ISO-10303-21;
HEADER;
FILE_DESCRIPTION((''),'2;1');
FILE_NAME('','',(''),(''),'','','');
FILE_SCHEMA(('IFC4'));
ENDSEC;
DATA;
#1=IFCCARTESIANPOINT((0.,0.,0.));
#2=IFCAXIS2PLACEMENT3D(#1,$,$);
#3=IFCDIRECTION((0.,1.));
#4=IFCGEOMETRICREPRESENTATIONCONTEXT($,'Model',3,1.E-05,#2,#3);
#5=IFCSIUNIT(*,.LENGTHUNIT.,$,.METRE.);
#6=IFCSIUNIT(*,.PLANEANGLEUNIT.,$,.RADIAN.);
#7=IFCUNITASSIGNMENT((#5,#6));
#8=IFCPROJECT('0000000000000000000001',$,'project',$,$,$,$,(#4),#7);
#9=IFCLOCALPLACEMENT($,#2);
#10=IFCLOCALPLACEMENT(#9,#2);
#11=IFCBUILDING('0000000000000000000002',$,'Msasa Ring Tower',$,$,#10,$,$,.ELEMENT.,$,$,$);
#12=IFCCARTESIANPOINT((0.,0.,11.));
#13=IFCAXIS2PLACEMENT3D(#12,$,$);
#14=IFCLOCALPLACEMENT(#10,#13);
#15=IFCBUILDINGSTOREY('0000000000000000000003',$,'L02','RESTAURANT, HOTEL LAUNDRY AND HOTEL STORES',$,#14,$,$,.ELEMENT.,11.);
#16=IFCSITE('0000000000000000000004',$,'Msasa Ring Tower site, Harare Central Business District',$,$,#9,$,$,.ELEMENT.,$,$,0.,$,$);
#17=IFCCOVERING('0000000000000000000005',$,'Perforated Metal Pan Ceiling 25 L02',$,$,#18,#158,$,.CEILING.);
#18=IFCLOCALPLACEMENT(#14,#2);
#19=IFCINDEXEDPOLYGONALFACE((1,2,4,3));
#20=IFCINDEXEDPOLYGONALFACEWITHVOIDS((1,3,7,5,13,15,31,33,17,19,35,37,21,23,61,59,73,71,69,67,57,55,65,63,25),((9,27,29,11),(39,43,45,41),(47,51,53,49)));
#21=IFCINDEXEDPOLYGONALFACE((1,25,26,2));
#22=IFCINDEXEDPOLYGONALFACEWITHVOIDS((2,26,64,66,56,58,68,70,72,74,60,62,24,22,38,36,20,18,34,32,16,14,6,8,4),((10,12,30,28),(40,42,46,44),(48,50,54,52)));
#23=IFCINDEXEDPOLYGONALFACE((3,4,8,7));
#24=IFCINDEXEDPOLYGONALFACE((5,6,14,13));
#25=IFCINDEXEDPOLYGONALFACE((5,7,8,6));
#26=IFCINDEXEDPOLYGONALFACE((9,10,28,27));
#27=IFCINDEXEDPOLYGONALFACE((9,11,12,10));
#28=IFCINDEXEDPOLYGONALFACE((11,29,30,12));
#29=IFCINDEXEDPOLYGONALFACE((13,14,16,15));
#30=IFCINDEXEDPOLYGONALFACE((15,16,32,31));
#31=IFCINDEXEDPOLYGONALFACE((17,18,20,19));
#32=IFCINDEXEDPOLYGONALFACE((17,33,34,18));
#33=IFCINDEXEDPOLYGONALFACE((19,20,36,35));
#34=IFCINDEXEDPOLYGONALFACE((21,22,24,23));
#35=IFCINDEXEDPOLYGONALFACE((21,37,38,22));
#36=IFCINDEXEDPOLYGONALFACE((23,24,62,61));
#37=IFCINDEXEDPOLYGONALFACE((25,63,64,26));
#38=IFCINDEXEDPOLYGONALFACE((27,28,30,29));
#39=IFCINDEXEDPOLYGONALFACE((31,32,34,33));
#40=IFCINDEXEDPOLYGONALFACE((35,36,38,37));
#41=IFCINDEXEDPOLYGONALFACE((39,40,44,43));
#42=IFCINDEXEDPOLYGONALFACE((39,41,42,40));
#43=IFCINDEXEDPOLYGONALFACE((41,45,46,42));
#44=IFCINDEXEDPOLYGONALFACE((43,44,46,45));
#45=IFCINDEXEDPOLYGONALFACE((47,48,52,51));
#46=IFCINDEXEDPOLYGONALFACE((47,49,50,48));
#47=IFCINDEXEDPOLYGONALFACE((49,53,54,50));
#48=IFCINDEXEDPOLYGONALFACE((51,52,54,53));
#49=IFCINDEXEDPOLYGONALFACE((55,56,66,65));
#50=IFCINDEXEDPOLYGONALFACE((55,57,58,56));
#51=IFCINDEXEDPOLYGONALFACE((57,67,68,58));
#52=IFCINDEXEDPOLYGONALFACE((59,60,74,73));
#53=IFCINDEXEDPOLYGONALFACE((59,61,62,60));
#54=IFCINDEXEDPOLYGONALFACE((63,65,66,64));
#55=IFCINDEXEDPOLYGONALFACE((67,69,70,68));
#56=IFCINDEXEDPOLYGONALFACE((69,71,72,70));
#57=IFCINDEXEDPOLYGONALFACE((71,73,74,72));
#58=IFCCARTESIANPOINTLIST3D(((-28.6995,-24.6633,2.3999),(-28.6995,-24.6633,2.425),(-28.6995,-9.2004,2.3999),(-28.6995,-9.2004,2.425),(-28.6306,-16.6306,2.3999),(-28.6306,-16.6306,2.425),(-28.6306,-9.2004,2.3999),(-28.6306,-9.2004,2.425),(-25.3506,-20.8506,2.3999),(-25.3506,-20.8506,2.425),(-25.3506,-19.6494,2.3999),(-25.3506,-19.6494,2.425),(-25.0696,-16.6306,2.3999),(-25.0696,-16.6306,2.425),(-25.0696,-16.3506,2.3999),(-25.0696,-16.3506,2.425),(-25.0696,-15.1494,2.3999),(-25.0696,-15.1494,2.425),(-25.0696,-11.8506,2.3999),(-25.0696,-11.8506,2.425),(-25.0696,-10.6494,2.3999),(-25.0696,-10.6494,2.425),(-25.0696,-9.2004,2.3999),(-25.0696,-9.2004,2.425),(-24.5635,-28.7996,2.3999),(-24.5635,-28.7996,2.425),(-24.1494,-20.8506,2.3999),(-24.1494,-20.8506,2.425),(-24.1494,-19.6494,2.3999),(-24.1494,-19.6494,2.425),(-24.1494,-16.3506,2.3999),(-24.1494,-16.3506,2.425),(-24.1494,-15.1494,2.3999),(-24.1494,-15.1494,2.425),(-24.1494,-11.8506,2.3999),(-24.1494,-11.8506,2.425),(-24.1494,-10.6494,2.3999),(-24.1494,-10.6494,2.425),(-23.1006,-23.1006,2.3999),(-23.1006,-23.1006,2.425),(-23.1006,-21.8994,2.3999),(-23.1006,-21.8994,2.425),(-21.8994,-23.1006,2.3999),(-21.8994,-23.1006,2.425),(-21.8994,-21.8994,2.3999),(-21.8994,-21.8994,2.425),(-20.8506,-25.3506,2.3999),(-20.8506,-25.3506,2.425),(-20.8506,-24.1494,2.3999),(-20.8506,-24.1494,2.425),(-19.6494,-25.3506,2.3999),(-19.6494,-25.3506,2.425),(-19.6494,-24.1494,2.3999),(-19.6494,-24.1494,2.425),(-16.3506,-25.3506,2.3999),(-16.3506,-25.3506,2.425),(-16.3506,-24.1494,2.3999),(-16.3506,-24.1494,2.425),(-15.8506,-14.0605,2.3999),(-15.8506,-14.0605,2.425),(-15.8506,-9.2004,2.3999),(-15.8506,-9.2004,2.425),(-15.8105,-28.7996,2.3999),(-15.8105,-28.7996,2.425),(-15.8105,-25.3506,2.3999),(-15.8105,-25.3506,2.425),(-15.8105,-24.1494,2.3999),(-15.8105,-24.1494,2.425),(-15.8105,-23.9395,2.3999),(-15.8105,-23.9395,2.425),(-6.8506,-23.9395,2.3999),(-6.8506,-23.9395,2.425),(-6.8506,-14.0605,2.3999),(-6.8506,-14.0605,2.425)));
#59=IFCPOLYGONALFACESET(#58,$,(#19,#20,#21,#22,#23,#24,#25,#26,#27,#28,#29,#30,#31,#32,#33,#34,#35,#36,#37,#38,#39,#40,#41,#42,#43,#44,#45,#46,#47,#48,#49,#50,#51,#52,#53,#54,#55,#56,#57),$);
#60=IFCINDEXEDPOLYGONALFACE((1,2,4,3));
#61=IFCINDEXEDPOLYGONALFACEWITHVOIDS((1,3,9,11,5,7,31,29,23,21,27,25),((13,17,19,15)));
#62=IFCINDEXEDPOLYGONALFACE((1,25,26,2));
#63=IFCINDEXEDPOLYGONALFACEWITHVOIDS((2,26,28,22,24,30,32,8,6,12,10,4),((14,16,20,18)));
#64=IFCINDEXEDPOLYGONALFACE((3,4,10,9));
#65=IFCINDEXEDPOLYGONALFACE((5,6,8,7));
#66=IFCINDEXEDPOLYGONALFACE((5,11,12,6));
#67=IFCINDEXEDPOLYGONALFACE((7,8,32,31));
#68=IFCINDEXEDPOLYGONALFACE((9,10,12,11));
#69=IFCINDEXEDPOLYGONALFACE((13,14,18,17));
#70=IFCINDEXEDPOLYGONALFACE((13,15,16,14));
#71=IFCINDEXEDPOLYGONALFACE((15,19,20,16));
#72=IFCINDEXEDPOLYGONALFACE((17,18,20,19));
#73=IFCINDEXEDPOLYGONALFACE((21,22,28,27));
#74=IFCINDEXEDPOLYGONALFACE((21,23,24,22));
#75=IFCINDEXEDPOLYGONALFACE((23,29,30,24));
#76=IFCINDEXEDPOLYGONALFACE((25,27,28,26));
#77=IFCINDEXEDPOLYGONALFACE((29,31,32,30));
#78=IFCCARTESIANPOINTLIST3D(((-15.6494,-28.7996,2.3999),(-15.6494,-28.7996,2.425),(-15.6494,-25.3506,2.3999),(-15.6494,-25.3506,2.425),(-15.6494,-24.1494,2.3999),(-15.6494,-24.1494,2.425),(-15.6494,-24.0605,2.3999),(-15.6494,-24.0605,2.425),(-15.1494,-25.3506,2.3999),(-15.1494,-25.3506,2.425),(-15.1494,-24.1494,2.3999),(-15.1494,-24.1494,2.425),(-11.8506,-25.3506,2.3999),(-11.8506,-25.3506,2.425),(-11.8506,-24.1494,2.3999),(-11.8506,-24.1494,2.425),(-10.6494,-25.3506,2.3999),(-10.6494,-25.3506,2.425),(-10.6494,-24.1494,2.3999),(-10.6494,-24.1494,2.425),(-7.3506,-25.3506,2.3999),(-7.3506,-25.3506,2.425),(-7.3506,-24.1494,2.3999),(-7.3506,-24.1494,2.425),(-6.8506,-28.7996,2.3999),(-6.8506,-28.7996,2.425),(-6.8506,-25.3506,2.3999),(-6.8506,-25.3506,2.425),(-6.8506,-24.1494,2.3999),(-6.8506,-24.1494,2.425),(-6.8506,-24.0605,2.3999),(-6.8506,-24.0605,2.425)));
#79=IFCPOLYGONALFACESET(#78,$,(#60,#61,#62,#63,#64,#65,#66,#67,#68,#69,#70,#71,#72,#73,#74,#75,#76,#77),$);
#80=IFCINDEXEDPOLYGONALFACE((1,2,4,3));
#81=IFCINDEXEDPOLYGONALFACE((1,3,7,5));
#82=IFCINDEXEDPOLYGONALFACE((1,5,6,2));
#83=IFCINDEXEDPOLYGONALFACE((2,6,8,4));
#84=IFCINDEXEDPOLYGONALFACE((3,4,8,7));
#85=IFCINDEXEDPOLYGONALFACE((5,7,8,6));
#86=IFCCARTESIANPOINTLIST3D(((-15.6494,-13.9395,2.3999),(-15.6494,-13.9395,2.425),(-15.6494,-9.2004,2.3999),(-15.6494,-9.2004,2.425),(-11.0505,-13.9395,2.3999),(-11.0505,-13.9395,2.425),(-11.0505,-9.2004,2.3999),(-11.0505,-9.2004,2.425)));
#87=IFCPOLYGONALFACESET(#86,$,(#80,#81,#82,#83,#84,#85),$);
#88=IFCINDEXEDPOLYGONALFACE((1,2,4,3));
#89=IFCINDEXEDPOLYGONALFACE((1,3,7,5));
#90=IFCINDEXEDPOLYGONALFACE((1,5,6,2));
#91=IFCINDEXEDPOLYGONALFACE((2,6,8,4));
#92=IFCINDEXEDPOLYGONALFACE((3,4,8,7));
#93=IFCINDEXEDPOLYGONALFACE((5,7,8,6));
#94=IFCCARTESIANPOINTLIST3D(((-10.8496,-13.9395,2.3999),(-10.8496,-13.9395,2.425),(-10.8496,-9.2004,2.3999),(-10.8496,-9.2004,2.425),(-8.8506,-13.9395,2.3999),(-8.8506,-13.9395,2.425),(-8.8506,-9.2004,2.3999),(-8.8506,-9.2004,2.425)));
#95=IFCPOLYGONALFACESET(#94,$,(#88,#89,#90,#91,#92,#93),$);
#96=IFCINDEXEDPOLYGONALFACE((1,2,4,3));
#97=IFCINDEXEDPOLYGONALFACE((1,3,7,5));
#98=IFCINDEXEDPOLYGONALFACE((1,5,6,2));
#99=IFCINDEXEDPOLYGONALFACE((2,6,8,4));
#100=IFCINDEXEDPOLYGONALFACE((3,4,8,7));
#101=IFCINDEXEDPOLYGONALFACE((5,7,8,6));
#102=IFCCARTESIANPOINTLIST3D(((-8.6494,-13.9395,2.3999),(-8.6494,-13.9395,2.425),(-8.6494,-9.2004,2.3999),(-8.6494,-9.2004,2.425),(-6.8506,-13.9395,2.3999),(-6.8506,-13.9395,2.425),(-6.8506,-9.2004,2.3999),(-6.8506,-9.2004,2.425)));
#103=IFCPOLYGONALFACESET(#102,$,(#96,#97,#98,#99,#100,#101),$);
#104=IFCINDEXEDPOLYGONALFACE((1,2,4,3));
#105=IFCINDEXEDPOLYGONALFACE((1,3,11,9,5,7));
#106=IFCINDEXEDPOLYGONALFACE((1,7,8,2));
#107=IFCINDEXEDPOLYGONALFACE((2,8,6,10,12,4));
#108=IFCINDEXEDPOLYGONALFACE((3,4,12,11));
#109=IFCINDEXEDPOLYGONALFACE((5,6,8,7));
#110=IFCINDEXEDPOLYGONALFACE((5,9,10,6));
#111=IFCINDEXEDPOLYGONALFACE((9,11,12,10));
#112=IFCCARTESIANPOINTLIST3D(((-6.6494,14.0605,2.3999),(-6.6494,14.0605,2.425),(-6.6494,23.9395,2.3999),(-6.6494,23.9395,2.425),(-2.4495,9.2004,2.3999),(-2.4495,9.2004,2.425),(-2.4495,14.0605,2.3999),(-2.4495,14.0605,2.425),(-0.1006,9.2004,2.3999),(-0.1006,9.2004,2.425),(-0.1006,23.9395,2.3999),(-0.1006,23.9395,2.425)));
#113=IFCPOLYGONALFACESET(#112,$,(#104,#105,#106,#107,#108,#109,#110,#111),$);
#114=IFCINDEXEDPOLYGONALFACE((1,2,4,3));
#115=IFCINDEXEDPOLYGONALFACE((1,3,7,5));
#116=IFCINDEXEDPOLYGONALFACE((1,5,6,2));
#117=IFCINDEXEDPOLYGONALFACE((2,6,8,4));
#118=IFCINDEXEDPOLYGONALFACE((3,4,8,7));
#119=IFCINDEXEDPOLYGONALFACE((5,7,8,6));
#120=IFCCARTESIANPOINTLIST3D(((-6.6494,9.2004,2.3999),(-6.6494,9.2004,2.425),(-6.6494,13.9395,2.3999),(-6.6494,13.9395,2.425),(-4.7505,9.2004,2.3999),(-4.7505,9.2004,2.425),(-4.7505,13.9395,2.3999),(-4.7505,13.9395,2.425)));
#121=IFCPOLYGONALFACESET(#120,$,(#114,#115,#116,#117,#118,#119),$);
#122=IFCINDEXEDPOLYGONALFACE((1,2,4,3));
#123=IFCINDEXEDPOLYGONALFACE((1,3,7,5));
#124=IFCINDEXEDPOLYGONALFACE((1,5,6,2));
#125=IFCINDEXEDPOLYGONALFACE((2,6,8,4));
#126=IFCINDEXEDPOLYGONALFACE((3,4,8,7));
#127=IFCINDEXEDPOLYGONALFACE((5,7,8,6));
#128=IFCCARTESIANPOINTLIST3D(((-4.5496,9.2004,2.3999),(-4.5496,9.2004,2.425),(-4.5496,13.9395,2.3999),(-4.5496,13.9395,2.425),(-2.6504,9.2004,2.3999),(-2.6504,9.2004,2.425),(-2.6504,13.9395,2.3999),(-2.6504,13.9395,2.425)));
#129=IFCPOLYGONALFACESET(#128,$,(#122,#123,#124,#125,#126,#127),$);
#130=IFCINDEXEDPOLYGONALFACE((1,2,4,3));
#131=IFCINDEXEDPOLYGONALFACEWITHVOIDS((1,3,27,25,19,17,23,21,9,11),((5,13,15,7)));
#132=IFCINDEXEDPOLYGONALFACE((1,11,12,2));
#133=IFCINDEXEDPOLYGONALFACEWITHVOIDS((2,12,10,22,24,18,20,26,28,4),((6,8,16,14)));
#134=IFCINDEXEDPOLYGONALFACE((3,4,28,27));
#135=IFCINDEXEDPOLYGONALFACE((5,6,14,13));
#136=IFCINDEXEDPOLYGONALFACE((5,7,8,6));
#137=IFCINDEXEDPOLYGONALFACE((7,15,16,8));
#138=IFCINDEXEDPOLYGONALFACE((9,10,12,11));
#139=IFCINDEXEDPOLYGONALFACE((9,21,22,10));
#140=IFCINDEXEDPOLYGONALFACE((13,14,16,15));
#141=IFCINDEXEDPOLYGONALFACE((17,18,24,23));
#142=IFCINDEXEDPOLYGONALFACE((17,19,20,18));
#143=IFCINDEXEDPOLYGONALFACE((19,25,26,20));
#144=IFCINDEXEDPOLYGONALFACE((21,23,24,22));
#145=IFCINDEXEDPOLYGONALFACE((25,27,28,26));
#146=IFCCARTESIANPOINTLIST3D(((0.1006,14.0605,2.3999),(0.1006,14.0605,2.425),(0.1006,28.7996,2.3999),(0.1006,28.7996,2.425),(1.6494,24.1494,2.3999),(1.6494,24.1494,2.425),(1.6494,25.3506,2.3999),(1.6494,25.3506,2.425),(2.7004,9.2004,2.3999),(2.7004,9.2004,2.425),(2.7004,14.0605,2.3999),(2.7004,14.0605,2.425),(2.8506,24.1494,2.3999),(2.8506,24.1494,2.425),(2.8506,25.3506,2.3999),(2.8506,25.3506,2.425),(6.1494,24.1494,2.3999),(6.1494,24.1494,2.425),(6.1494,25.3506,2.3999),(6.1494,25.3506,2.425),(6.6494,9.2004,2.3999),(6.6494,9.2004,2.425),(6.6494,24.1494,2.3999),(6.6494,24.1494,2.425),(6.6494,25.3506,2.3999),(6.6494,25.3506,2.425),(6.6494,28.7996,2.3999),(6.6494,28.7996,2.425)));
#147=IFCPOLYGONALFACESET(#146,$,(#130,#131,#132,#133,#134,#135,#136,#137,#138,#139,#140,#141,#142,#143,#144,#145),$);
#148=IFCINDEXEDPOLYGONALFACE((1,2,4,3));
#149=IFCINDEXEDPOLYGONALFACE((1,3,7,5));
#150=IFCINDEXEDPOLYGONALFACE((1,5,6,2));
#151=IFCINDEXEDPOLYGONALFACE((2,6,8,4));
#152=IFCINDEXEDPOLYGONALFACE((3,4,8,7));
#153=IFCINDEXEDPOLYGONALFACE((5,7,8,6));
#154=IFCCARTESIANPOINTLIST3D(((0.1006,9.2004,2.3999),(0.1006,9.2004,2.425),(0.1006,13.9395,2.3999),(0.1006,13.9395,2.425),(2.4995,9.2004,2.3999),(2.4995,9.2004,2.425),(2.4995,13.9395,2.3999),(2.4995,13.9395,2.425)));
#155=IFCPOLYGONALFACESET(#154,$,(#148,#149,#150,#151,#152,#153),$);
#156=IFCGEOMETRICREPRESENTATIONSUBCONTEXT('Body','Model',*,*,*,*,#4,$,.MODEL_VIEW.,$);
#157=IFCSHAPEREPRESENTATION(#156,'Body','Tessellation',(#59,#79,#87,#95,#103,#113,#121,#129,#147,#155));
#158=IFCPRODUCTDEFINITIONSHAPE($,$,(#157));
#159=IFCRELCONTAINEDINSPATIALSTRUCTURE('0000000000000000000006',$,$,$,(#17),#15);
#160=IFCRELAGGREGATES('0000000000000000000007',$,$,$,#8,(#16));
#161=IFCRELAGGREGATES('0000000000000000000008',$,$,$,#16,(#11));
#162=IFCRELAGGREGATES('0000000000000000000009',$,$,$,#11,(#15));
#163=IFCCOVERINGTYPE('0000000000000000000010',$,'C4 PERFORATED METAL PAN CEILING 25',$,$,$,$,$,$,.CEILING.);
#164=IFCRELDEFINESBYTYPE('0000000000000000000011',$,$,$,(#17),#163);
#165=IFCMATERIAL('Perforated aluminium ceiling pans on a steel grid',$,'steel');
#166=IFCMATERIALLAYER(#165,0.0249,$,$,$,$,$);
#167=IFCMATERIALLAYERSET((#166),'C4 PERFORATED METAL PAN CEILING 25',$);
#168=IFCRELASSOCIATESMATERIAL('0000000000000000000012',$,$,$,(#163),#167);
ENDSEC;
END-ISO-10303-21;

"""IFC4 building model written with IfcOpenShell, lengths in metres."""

from ifc_helpers import new_model, si_unit, direction, frame, origin, place, context, subcontext, project, spatial, line, indexed_curve, outline, extrude, material, layer, layer_set, type_object, element, save


model = new_model("IFC4")

# Units and contexts
model_context = context("Model", 3, precision=1e-05, world=origin(), true_north=direction((0.0, 1.0)))
body_context = subcontext(model_context, "Body", "Model", "MODEL_VIEW")
ifc_project = project(units=[si_unit("LENGTHUNIT", "METRE"), si_unit("PLANEANGLEUNIT", "RADIAN")], contexts=[model_context])

# Site, building, storey
site_placement = place(None, origin())
site = spatial("IfcSite", under=ifc_project, at=site_placement, Name="Msasa Ring Tower site, Harare Central Business District", CompositionType="ELEMENT", RefElevation=0.0)
building_placement = place(site_placement, origin())
building = spatial("IfcBuilding", under=site, at=building_placement, Name="Msasa Ring Tower", CompositionType="ELEMENT")
storey_placement = place(building_placement, frame((0.0, 0.0, 11.0)))
storey = spatial("IfcBuildingStorey", under=building, at=storey_placement, Name="L02", Description="RESTAURANT, HOTEL LAUNDRY AND HOTEL STORES", CompositionType="ELEMENT", Elevation=11.0)

# Covering
ifc_material_1 = material(Name="Perforated aluminium ceiling pans on a steel grid", Category="steel")
ifc_layer_1 = layer(ifc_material_1, 0.0249)
ifc_layer_set_1 = layer_set([ifc_layer_1], Name="C4 PERFORATED METAL PAN CEILING 25")
covering_type_1 = type_object("IfcCoveringType", Name="C4 PERFORATED METAL PAN CEILING 25", PredefinedType="CEILING", material=ifc_layer_set_1)
covering_1_placement = place(storey_placement, frame((0.0, 0.0, 2.3999)))
element("IfcCovering", 1, at=covering_1_placement, inside=storey, type_object=covering_type_1, Name="Perforated Metal Pan Ceiling 25 L02", PredefinedType="CEILING", context=body_context, shape_type="SweptSolid", body=[
    extrude(outline(indexed_curve([(-25.0696, -16.3506), (-24.1494, -16.3506), (-24.1494, -15.1494), (-25.0696, -15.1494), (-25.0696, -11.8506), (-24.1494, -11.8506), (-24.1494, -10.6494), (-25.0696, -10.6494), (-25.0696, -9.2004), (-15.8506, -9.2004), (-15.8506, -14.0605), (-6.8506, -14.0605), (-6.8506, -23.9395), (-15.8105, -23.9395), (-15.8105, -24.1494), (-16.3506, -24.1494), (-16.3506, -25.3506), (-15.8105, -25.3506), (-15.8105, -28.7996), (-24.5635, -28.7996), (-28.6995, -24.6633), (-28.6995, -9.2004), (-28.6306, -9.2004), (-28.6306, -16.6306), (-25.0696, -16.6306)], segments=[line(1, 2, 3, 4, 5, 6, 7, 8, 9, 10, 11, 12, 13, 14, 15, 16, 17, 18, 19, 20, 21, 22, 23, 24, 25, 1)], self_intersect=False), holes=[indexed_curve([(-20.8506, -24.1494), (-20.8506, -25.3506), (-19.6494, -25.3506), (-19.6494, -24.1494)], segments=[line(1, 2, 3, 4, 1)], self_intersect=False), indexed_curve([(-23.1006, -21.8994), (-23.1006, -23.1006), (-21.8994, -23.1006), (-21.8994, -21.8994)], segments=[line(1, 2, 3, 4, 1)], self_intersect=False), indexed_curve([(-24.1494, -19.6494), (-25.3506, -19.6494), (-25.3506, -20.8506), (-24.1494, -20.8506)], segments=[line(1, 2, 3, 4, 1)], self_intersect=False)]), origin(), (0.0, 0.0, 1.0), 0.0251),
    extrude(outline(indexed_curve([(-15.6494, -25.3506), (-15.1494, -25.3506), (-15.1494, -24.1494), (-15.6494, -24.1494), (-15.6494, -24.0605), (-6.8506, -24.0605), (-6.8506, -24.1494), (-7.3506, -24.1494), (-7.3506, -25.3506), (-6.8506, -25.3506), (-6.8506, -28.7996), (-15.6494, -28.7996)], segments=[line(1, 2, 3, 4, 5, 6, 7, 8, 9, 10, 11, 12, 1)], self_intersect=False), holes=[indexed_curve([(-10.6494, -24.1494), (-11.8506, -24.1494), (-11.8506, -25.3506), (-10.6494, -25.3506)], segments=[line(1, 2, 3, 4, 1)], self_intersect=False)]), origin(), (0.0, 0.0, 1.0), 0.0251),
    extrude(outline(indexed_curve([(-15.6494, -13.9395), (-15.6494, -9.2004), (-11.0505, -9.2004), (-11.0505, -13.9395)], segments=[line(1, 2, 3, 4, 1)], self_intersect=False)), origin(), (0.0, 0.0, 1.0), 0.0251),
    extrude(outline(indexed_curve([(-10.8496, -9.2004), (-8.8506, -9.2004), (-8.8506, -13.9395), (-10.8496, -13.9395)], segments=[line(1, 2, 3, 4, 1)], self_intersect=False)), origin(), (0.0, 0.0, 1.0), 0.0251),
    extrude(outline(indexed_curve([(-8.6494, -9.2004), (-6.8506, -9.2004), (-6.8506, -13.9395), (-8.6494, -13.9395)], segments=[line(1, 2, 3, 4, 1)], self_intersect=False)), origin(), (0.0, 0.0, 1.0), 0.0251),
    extrude(outline(indexed_curve([(-0.1006, 9.2004), (-2.4495, 9.2004), (-2.4495, 14.0605), (-6.6494, 14.0605), (-6.6494, 23.9395), (-0.1006, 23.9395)], segments=[line(1, 2, 3, 4, 5, 6, 1)], self_intersect=False)), origin(), (0.0, 0.0, 1.0), 0.0251),
    extrude(outline(indexed_curve([(-6.6494, 9.2004), (-6.6494, 13.9395), (-4.7505, 13.9395), (-4.7505, 9.2004)], segments=[line(1, 2, 3, 4, 1)], self_intersect=False)), origin(), (0.0, 0.0, 1.0), 0.0251),
    extrude(outline(indexed_curve([(-4.5496, 9.2004), (-4.5496, 13.9395), (-2.6504, 13.9395), (-2.6504, 9.2004)], segments=[line(1, 2, 3, 4, 1)], self_intersect=False)), origin(), (0.0, 0.0, 1.0), 0.0251),
    extrude(outline(indexed_curve([(6.6494, 28.7996), (6.6494, 25.3506), (6.1494, 25.3506), (6.1494, 24.1494), (6.6494, 24.1494), (6.6494, 9.2004), (2.7004, 9.2004), (2.7004, 14.0605), (0.1006, 14.0605), (0.1006, 28.7996)], segments=[line(1, 2, 3, 4, 5, 6, 7, 8, 9, 10, 1)], self_intersect=False), holes=[indexed_curve([(2.8506, 25.3506), (1.6494, 25.3506), (1.6494, 24.1494), (2.8506, 24.1494)], segments=[line(1, 2, 3, 4, 1)], self_intersect=False)]), origin(), (0.0, 0.0, 1.0), 0.0251),
    extrude(outline(indexed_curve([(0.1006, 9.2004), (0.1006, 13.9395), (2.4995, 13.9395), (2.4995, 9.2004)], segments=[line(1, 2, 3, 4, 1)], self_intersect=False)), origin(), (0.0, 0.0, 1.0), 0.0251),
])

save(model, "model.ifc")
